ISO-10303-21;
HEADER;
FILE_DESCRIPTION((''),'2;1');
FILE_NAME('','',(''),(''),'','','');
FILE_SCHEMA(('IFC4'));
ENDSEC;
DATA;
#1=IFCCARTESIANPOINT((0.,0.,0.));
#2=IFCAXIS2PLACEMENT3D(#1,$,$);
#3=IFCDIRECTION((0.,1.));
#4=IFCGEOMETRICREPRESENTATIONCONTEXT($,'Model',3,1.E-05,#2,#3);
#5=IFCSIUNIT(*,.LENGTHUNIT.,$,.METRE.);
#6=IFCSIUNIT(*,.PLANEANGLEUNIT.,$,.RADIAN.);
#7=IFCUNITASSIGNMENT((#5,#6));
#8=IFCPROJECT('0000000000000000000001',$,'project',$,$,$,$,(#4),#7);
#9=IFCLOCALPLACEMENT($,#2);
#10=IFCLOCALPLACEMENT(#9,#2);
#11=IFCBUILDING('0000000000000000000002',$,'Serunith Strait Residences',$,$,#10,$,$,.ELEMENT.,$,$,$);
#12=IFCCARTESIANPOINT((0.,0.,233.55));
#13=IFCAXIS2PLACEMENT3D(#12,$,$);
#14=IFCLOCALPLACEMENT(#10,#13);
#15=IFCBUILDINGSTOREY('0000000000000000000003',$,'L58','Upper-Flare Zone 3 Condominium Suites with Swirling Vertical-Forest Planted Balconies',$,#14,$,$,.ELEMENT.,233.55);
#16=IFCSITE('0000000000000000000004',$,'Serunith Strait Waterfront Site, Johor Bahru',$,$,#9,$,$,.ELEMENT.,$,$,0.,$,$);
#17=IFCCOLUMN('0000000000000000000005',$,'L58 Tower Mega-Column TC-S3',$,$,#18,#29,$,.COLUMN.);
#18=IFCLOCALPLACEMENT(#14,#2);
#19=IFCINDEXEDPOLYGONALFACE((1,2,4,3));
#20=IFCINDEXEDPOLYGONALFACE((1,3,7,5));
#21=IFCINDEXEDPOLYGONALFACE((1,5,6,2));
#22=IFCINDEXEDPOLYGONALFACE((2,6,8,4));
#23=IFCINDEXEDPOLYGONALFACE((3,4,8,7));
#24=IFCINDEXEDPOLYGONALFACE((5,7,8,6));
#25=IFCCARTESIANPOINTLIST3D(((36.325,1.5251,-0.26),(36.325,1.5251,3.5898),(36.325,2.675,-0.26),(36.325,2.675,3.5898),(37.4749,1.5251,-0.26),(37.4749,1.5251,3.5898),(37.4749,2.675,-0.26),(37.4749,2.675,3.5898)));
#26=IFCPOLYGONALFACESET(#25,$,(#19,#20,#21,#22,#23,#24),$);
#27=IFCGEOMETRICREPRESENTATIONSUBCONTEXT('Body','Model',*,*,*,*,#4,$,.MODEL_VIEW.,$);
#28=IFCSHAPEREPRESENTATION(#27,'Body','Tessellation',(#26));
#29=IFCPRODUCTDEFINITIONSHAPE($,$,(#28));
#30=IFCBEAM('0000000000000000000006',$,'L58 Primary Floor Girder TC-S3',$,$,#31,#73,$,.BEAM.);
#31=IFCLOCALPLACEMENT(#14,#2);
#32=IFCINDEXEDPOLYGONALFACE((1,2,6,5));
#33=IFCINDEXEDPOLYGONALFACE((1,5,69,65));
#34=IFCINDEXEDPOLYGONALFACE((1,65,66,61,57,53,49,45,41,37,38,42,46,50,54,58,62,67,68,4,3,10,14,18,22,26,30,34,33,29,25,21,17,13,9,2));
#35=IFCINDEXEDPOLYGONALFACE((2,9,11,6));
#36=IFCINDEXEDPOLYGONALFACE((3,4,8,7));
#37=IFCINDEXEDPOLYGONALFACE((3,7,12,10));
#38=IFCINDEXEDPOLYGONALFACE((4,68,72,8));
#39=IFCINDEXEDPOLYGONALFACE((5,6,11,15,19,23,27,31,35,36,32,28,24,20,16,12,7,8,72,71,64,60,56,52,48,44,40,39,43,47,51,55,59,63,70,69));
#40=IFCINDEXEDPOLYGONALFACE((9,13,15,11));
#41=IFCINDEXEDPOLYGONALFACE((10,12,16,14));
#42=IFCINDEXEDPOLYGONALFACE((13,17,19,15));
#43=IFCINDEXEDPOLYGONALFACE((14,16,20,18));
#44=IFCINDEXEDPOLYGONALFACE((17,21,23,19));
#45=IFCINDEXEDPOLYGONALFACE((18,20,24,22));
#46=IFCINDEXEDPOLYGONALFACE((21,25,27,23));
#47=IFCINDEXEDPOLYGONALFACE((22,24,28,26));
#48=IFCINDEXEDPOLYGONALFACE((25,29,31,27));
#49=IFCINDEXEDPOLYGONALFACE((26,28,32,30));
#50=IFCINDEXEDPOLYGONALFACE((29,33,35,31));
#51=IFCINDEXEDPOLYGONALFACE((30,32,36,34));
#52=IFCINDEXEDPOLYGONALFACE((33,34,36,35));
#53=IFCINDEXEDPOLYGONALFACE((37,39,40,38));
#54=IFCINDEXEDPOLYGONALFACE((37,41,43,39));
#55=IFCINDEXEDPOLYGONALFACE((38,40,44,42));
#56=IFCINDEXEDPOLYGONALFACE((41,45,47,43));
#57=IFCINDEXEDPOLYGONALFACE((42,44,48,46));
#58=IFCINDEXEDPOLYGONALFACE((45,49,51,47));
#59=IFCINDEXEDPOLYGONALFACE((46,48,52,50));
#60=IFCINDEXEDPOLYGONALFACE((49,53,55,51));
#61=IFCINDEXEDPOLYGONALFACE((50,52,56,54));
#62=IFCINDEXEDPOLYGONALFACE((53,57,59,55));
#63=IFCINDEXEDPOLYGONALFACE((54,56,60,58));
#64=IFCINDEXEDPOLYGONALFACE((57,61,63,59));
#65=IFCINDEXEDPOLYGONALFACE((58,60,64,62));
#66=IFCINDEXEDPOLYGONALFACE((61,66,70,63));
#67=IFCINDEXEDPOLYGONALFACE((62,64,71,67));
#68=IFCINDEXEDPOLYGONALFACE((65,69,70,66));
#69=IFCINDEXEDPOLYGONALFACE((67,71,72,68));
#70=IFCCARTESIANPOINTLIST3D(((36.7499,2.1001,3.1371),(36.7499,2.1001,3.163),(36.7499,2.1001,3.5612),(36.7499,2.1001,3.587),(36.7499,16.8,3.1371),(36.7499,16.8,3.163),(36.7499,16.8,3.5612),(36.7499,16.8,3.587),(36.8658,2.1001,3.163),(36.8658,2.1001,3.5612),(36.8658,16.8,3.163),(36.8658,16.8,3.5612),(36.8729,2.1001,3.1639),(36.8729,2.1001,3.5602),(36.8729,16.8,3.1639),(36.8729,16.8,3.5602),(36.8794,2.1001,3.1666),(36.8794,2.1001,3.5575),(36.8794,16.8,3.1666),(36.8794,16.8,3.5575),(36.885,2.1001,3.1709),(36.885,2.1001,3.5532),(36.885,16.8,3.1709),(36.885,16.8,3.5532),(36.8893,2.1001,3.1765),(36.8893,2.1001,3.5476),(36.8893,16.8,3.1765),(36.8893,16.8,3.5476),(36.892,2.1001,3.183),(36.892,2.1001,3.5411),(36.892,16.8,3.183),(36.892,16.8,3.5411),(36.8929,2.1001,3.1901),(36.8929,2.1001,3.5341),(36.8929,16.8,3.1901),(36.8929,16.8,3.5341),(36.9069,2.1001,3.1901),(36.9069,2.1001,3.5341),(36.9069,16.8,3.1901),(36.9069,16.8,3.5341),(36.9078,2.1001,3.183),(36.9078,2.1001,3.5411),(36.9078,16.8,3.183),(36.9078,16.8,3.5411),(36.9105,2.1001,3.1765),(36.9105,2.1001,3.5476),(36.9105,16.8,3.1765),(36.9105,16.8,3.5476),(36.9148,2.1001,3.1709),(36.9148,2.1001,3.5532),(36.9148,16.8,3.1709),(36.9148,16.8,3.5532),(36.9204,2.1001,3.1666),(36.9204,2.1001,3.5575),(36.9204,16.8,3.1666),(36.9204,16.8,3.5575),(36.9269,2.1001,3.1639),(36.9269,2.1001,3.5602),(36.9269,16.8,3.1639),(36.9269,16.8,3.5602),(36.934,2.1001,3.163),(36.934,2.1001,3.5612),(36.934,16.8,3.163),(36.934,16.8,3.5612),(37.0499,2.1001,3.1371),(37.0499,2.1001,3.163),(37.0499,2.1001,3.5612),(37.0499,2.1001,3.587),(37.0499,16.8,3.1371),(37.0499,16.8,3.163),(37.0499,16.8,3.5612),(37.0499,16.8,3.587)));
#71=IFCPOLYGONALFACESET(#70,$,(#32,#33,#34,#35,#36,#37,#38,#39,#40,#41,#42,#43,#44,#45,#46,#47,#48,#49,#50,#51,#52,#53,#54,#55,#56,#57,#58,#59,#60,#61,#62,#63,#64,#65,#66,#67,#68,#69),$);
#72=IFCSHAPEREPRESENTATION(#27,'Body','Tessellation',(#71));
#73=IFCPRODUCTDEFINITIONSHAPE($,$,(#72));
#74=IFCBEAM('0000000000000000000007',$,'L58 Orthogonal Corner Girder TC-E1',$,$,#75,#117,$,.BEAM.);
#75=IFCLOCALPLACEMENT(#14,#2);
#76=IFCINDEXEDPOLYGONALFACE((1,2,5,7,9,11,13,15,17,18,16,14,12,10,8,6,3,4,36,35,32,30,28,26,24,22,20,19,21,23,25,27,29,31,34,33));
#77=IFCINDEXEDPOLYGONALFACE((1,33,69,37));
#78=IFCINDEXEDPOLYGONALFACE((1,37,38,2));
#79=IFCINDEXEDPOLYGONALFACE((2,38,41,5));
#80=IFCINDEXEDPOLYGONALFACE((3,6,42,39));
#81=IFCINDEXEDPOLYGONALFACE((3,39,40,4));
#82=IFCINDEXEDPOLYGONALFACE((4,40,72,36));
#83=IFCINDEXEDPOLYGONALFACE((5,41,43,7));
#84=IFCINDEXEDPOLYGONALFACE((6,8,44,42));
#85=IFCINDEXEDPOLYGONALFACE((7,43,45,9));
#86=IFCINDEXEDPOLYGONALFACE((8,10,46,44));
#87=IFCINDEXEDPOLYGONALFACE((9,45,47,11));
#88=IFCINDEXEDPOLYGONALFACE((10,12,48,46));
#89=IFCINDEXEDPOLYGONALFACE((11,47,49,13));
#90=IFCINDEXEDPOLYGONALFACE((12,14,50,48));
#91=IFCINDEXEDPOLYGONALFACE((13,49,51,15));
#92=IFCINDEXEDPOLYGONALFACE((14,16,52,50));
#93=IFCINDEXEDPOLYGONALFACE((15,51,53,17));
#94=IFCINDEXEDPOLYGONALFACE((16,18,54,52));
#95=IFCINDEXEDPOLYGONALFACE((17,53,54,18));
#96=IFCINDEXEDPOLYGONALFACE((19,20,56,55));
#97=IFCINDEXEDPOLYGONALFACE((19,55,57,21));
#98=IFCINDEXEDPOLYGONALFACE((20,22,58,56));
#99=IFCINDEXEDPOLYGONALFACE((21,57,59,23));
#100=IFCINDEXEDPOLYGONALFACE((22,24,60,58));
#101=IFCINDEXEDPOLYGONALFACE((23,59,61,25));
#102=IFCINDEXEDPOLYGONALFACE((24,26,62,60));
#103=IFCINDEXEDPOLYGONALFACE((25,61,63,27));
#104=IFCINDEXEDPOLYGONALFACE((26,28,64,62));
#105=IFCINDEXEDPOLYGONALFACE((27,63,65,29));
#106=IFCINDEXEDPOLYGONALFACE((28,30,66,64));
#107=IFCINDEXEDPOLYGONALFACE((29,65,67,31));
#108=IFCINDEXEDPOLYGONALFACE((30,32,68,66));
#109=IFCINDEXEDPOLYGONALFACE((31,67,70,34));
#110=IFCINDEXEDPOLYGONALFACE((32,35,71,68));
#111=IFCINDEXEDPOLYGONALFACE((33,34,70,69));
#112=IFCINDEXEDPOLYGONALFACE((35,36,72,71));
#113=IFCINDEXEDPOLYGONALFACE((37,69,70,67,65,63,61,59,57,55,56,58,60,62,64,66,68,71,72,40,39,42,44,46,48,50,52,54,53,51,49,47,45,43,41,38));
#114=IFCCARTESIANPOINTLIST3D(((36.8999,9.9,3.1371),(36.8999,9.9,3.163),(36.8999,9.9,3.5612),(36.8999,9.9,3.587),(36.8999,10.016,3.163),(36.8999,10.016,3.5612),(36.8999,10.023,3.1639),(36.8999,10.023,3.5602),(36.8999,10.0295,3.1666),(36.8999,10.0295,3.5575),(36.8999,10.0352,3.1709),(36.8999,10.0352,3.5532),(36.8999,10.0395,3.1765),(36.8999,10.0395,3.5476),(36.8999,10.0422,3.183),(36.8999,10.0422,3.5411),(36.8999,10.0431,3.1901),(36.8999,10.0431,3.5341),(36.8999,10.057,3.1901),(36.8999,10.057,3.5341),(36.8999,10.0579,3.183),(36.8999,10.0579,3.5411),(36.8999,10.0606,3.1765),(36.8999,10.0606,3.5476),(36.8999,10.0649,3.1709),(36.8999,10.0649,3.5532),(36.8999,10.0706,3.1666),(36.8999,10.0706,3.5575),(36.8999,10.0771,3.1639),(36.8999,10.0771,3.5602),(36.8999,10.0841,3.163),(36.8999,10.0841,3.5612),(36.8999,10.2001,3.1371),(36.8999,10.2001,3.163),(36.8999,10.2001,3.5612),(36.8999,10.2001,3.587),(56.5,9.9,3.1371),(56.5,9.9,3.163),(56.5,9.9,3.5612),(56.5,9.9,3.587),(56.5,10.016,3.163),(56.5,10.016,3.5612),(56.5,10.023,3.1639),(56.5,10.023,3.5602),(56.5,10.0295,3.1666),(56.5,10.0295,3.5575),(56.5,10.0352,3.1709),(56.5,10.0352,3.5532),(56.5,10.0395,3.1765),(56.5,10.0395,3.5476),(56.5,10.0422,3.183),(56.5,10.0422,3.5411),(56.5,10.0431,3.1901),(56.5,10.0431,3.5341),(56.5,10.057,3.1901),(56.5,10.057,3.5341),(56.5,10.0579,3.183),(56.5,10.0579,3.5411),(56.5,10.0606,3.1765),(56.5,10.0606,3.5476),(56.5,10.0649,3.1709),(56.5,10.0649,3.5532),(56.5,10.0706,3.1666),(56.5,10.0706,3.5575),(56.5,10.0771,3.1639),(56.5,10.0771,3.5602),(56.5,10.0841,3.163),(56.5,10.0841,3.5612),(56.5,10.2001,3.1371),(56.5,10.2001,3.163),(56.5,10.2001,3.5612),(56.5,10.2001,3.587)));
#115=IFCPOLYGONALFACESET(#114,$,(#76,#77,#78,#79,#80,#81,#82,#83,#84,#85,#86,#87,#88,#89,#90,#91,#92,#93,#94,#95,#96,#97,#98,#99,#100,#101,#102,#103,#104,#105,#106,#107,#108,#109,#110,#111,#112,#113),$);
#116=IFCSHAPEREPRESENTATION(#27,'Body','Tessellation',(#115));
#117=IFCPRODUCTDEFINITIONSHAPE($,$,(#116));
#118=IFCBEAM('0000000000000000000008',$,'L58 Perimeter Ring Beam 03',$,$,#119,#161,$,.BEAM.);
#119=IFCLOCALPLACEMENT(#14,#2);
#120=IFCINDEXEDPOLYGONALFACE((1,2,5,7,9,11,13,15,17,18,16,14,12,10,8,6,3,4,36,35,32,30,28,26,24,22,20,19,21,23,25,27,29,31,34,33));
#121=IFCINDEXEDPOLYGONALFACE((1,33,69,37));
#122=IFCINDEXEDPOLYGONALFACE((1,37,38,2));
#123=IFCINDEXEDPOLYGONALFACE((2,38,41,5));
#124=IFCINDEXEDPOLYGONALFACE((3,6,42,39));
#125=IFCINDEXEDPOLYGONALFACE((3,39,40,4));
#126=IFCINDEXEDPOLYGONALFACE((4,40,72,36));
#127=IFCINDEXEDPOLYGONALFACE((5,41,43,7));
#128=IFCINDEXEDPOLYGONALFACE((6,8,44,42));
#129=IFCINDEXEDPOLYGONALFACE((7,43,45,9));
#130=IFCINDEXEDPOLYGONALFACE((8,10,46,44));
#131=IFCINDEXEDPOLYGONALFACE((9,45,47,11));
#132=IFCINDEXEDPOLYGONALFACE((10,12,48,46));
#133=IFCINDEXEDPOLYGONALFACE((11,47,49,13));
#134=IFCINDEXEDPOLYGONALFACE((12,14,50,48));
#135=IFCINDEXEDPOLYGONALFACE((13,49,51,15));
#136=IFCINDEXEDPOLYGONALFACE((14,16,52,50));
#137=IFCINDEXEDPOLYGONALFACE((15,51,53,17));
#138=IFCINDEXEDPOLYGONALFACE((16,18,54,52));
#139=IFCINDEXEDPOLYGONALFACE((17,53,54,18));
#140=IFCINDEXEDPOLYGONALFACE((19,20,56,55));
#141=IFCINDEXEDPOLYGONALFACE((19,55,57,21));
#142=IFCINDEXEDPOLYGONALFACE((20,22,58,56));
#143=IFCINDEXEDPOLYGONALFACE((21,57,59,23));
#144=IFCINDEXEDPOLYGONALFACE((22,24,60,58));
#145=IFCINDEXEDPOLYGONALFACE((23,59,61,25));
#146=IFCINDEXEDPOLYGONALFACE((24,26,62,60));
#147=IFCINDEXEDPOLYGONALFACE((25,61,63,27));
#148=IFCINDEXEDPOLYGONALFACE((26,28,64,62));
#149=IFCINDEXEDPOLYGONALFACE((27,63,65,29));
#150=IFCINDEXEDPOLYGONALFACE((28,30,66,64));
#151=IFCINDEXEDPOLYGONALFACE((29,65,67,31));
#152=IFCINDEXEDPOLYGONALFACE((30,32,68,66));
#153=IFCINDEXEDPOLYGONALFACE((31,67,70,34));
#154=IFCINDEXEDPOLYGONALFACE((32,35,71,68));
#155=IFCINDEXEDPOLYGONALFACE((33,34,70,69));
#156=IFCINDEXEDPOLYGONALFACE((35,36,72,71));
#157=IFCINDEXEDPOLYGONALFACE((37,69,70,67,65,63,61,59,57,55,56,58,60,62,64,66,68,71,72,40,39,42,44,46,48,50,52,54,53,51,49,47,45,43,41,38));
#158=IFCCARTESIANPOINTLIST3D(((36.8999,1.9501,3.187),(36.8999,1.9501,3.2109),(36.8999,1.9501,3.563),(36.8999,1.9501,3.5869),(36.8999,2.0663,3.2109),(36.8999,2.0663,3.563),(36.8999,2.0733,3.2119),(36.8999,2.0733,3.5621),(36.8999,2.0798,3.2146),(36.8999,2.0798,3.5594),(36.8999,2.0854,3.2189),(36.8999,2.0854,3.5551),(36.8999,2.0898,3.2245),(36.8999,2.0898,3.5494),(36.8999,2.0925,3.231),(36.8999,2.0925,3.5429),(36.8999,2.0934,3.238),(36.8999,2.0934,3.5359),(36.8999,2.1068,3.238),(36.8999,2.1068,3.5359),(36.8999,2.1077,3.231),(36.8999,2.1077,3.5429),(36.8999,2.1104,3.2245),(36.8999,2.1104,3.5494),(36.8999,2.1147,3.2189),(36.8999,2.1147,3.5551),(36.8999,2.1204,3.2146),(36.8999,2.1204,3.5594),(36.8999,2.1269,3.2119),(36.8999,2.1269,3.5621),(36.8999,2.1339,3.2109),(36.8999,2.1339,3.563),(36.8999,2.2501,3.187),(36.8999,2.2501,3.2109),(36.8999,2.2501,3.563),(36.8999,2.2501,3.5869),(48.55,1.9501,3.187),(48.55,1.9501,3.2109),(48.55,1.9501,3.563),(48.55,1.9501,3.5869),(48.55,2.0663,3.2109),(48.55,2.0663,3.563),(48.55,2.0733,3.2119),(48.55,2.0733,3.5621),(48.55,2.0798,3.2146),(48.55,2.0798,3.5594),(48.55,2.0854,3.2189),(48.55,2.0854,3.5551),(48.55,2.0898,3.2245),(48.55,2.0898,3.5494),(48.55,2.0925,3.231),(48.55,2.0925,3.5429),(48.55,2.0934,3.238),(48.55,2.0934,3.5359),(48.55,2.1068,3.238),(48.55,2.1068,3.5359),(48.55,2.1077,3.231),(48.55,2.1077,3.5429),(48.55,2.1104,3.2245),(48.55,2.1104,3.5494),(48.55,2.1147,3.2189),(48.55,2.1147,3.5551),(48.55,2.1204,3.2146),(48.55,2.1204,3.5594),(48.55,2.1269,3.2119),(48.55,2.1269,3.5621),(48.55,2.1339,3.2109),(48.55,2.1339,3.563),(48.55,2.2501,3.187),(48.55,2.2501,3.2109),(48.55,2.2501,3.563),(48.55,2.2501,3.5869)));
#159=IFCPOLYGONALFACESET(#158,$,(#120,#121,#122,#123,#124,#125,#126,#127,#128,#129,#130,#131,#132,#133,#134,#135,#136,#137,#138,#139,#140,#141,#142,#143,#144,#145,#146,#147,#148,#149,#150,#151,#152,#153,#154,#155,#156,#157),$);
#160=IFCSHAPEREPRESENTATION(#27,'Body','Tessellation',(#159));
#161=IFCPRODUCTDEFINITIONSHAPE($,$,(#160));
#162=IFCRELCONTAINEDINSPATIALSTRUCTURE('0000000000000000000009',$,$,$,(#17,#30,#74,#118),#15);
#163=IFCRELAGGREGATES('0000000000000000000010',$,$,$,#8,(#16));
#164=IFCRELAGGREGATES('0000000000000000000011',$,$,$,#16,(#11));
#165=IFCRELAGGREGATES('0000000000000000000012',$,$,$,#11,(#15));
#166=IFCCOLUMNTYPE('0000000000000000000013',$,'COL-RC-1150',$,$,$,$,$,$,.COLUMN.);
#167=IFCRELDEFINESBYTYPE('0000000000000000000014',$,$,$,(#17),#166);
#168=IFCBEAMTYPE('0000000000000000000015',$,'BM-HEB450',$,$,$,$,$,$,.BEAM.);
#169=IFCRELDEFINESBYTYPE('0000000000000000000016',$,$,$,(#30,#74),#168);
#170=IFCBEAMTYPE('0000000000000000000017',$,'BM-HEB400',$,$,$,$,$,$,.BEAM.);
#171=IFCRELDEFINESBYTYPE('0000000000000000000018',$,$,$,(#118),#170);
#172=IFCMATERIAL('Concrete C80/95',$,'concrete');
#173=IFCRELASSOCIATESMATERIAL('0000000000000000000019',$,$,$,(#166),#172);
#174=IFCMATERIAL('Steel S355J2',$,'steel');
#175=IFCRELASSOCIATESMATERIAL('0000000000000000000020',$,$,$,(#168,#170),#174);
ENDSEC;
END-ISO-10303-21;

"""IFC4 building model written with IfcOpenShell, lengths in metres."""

from ifc_helpers import new_model, si_unit, direction, frame, origin, origin_2d, place, context, subcontext, project, spatial, rectangle, i_section, extrude, source, transform, mapped, material, material_profile, profile_set, type_object, element, save


model = new_model("IFC4")

# Units and contexts
model_context = context("Model", 3, precision=1e-05, world=origin(), true_north=direction((0.0, 1.0)))
body_context = subcontext(model_context, "Body", "Model", "MODEL_VIEW")
ifc_project = project(units=[si_unit("LENGTHUNIT", "METRE"), si_unit("PLANEANGLEUNIT", "RADIAN")], contexts=[model_context])

# Site, building, storey
site_placement = place(None, origin())
site = spatial("IfcSite", under=ifc_project, at=site_placement, Name="Serunith Strait Waterfront Site, Johor Bahru", CompositionType="ELEMENT", RefElevation=0.0)
building_placement = place(site_placement, origin())
building = spatial("IfcBuilding", under=site, at=building_placement, Name="Serunith Strait Residences", CompositionType="ELEMENT")
storey_placement = place(building_placement, frame((0.0, 0.0, 233.55)))
storey = spatial("IfcBuildingStorey", under=building, at=storey_placement, Name="L58", Description="Upper-Flare Zone 3 Condominium Suites with Swirling Vertical-Forest Planted Balconies", CompositionType="ELEMENT", Elevation=233.55)

# Column
ifc_material_1 = material(Name="Concrete C80/95", Category="concrete")
ifc_material_profile_1 = material_profile(ifc_material_1, rectangle(XDim=1.1499, YDim=1.1499, at=origin_2d()), Name="RC 1150x1150")
ifc_profile_set_1 = profile_set([ifc_material_profile_1], Name="Concrete C80/95")
column_type = type_object("IfcColumnType", Name="COL-RC-1150", PredefinedType="COLUMN", material=ifc_profile_set_1)
shared_shape_1 = source(origin(), body_context, "Body", "SweptSolid", [
    extrude(rectangle(XDim=1.1499, YDim=1.1499, at=origin_2d()), origin(), (0.0, 0.0, 1.0), 3.8499),
])
column_placement = place(storey_placement, frame((36.8999, 2.1001, -0.26), z_axis=(0.0, 0.0, 1.0), x_axis=(1.0, 0.0, 0.0)))
element("IfcColumn", 1, at=column_placement, inside=storey, type_object=column_type, Name="L58 Tower Mega-Column TC-S3", PredefinedType="COLUMN", context=body_context, shape_type="MappedRepresentation", body=[
    mapped(shared_shape_1, transform((0.0, 0.0, 0.0), scale=1.0)),
])

# Beams
ifc_material_2 = material(Name="Steel S355J2", Category="steel")
ifc_material_profile_2 = material_profile(ifc_material_2, i_section(OverallWidth=0.3, OverallDepth=0.45, WebThickness=0.0139, FlangeThickness=0.0259, FilletRadius=0.0271, at=origin_2d()), Name="HEB 450")
ifc_profile_set_2 = profile_set([ifc_material_profile_2], Name="Steel S355J2")
beam_type_1 = type_object("IfcBeamType", Name="BM-HEB450", PredefinedType="BEAM", material=ifc_profile_set_2)
shared_shape_2 = source(origin(), body_context, "Body", "SweptSolid", [
    extrude(i_section(OverallWidth=0.3, OverallDepth=0.45, WebThickness=0.0139, FlangeThickness=0.0259, FilletRadius=0.0271, at=origin_2d()), origin(), (0.0, 0.0, 1.0), 14.7),
])
beam_1_placement = place(storey_placement, frame((36.8999, 16.8, 3.3621), z_axis=(0.0, -1.0, 0.0), x_axis=(1.0, 0.0, 0.0)))
element("IfcBeam", 2, at=beam_1_placement, inside=storey, type_object=beam_type_1, Name="L58 Primary Floor Girder TC-S3", PredefinedType="BEAM", context=body_context, shape_type="MappedRepresentation", body=[
    mapped(shared_shape_2, transform((0.0, 0.0, 0.0), scale=1.0)),
])
shared_shape_3 = source(origin(), body_context, "Body", "SweptSolid", [
    extrude(i_section(OverallWidth=0.3, OverallDepth=0.45, WebThickness=0.0139, FlangeThickness=0.0259, FilletRadius=0.0271, at=origin_2d()), origin(), (0.0, 0.0, 1.0), 19.6001),
])
beam_2_placement = place(storey_placement, frame((36.8999, 10.05, 3.3621), z_axis=(1.0, 0.0, 0.0), x_axis=(0.0, 1.0, 0.0)))
element("IfcBeam", 3, at=beam_2_placement, inside=storey, type_object=beam_type_1, Name="L58 Orthogonal Corner Girder TC-E1", PredefinedType="BEAM", context=body_context, shape_type="MappedRepresentation", body=[
    mapped(shared_shape_3, transform((0.0, 0.0, 0.0), scale=1.0)),
])
ifc_material_profile_3 = material_profile(ifc_material_2, i_section(OverallWidth=0.3, OverallDepth=0.3999, WebThickness=0.0134, FlangeThickness=0.0239, FilletRadius=0.0271, at=origin_2d()), Name="HEB 400")
ifc_profile_set_3 = profile_set([ifc_material_profile_3], Name="Steel S355J2")
beam_type_2 = type_object("IfcBeamType", Name="BM-HEB400", PredefinedType="BEAM", material=ifc_profile_set_3)
shared_shape_4 = source(origin(), body_context, "Body", "SweptSolid", [
    extrude(i_section(OverallWidth=0.3, OverallDepth=0.3999, WebThickness=0.0134, FlangeThickness=0.0239, FilletRadius=0.0271, at=origin_2d()), origin(), (0.0, 0.0, 1.0), 11.6501),
])
beam_3_placement = place(storey_placement, frame((36.8999, 2.1001, 3.387), z_axis=(1.0, 0.0, 0.0), x_axis=(0.0, 1.0, 0.0)))
element("IfcBeam", 4, at=beam_3_placement, inside=storey, type_object=beam_type_2, Name="L58 Perimeter Ring Beam 03", PredefinedType="BEAM", context=body_context, shape_type="MappedRepresentation", body=[
    mapped(shared_shape_4, transform((0.0, 0.0, 0.0), scale=1.0)),
])

save(model, "model.ifc")
